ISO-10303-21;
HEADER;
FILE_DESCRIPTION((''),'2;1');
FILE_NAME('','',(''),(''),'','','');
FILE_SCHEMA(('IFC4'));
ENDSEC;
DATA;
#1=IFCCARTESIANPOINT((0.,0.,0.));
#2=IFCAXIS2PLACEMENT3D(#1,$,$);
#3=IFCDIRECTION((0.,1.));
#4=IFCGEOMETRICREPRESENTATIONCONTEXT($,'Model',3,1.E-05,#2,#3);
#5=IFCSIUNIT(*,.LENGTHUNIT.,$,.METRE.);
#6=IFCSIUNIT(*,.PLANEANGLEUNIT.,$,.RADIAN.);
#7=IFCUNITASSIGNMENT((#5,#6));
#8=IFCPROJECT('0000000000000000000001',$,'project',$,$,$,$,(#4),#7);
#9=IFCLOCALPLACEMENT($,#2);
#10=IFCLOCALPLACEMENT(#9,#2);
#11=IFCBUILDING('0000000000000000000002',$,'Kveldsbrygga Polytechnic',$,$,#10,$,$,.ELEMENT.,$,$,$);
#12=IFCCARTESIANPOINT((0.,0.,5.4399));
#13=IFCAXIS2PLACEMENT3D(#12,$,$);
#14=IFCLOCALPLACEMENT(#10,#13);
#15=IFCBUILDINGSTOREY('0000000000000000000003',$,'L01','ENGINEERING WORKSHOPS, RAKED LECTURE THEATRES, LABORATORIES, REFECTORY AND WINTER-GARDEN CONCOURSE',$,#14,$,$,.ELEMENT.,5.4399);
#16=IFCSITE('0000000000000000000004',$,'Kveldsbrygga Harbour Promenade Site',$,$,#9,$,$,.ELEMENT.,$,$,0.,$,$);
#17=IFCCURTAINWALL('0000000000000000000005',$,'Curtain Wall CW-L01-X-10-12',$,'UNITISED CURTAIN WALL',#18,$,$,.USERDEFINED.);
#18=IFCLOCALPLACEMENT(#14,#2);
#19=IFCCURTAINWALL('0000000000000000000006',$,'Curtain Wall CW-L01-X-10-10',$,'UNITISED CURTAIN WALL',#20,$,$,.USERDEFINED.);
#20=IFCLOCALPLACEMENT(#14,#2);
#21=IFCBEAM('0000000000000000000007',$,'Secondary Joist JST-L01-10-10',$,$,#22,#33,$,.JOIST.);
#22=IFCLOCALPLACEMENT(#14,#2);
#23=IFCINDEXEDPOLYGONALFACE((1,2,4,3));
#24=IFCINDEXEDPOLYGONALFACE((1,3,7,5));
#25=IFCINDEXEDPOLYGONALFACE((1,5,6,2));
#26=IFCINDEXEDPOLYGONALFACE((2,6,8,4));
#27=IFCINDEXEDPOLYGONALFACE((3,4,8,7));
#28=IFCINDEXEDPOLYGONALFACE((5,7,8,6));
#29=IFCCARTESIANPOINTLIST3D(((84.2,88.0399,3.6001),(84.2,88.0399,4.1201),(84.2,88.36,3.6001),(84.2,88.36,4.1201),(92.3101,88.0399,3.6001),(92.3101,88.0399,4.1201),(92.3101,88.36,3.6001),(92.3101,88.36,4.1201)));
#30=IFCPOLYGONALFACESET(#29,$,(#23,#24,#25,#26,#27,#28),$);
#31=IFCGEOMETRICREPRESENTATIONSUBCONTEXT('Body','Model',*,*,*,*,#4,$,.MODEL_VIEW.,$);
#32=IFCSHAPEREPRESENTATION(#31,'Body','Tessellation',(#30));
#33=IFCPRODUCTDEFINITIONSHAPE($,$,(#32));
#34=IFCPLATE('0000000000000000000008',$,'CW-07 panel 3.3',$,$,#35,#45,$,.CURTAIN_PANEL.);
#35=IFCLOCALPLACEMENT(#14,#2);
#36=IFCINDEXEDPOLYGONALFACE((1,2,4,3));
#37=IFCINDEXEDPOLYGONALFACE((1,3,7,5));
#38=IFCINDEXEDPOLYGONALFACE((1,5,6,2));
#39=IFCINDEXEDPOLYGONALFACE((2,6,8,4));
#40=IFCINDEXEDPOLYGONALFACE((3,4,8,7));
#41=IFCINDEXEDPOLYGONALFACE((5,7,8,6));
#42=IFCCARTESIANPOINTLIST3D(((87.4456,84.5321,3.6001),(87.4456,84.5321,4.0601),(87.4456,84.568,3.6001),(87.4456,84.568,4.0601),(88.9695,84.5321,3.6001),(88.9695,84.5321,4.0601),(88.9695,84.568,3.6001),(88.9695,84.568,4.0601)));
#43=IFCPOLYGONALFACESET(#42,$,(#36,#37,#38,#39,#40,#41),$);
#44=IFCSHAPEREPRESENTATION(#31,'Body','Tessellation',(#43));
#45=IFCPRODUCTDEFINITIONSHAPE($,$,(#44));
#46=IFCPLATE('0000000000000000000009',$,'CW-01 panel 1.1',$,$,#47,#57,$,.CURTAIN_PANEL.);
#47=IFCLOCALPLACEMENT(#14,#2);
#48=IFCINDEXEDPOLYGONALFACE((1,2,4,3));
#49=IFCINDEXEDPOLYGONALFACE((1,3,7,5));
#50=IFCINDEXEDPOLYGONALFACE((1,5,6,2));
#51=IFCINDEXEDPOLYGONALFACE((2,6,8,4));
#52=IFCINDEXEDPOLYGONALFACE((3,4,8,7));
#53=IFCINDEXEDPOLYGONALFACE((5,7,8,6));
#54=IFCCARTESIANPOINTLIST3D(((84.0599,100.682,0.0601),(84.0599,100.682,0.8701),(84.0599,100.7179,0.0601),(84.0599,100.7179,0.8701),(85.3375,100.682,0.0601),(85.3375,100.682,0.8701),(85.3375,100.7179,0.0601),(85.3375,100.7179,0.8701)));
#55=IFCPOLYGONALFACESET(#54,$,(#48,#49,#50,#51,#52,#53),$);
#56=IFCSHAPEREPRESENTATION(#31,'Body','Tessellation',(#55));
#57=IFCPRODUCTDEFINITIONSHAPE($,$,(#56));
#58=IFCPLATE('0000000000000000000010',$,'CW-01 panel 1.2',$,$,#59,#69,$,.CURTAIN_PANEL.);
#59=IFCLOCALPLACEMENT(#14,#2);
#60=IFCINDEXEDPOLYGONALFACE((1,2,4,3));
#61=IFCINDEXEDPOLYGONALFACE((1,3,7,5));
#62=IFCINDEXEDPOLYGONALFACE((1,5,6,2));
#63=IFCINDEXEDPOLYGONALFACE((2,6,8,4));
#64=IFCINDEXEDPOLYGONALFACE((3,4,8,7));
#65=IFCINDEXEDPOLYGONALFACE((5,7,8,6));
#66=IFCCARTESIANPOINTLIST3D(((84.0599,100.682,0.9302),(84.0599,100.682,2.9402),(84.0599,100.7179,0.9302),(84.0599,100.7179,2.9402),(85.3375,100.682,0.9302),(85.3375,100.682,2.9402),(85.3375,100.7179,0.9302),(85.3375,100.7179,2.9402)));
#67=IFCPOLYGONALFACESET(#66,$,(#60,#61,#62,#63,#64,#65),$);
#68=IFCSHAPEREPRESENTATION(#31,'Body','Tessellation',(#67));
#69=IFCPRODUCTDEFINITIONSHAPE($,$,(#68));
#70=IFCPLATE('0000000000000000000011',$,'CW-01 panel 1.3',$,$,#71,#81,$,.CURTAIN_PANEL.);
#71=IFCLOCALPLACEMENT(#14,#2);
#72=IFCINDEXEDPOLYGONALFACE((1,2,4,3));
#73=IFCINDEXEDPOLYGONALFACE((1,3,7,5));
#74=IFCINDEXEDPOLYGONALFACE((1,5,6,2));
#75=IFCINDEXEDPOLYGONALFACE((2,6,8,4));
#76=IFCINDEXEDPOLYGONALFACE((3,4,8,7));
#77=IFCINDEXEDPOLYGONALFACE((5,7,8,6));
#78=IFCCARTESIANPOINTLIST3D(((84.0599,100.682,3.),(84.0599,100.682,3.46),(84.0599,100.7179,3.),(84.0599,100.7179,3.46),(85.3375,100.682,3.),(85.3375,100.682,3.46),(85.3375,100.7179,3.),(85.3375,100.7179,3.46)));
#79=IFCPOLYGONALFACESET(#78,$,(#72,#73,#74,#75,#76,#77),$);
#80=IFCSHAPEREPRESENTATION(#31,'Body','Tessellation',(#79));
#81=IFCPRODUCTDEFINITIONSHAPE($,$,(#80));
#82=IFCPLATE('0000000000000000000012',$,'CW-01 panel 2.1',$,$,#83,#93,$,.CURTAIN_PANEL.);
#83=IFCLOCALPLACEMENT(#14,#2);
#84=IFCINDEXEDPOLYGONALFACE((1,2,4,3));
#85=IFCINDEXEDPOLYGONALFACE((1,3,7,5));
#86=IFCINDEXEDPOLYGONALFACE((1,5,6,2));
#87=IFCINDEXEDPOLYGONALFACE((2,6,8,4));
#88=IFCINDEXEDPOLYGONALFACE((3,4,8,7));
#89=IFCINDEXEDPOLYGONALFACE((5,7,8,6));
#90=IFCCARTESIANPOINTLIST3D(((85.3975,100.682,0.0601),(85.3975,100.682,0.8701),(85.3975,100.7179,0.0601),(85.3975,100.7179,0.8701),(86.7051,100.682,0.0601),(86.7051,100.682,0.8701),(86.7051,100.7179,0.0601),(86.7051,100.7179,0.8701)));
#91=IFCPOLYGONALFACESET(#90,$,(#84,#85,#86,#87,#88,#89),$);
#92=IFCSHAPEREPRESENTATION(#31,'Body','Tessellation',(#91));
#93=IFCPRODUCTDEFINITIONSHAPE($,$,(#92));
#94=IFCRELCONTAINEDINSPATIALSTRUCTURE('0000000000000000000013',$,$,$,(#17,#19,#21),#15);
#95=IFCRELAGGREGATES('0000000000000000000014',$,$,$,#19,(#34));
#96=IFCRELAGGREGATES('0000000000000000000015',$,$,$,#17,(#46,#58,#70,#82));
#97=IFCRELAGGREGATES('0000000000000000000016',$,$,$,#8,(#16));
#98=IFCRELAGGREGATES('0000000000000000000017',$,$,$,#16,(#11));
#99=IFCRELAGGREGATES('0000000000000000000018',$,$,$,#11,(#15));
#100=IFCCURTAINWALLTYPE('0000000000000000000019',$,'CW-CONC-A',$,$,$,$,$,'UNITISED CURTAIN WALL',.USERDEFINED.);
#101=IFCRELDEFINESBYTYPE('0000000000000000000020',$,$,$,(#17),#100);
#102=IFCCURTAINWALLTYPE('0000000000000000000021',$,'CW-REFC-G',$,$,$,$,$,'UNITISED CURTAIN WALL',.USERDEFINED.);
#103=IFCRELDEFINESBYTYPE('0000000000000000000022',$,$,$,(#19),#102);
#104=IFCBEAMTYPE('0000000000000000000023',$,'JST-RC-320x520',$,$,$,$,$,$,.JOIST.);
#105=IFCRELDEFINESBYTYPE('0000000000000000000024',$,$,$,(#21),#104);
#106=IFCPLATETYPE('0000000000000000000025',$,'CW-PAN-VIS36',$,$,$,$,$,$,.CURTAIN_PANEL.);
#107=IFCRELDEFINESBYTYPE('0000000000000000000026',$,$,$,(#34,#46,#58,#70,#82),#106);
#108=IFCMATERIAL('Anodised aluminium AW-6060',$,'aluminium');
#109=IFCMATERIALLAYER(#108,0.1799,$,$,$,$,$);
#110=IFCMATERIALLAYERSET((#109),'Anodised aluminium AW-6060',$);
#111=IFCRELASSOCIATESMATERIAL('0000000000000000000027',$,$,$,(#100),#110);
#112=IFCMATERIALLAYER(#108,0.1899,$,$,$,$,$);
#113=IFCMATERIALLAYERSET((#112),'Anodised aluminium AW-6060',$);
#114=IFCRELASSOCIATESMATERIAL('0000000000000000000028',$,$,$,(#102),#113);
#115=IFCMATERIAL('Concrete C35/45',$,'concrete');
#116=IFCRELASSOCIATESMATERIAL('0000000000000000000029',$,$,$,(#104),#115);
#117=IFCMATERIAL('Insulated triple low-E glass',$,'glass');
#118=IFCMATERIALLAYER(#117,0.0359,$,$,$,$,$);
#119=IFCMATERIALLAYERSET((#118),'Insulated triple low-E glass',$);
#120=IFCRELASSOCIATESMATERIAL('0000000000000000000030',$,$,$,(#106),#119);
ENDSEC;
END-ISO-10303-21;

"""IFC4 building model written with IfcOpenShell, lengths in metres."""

from ifc_helpers import new_model, si_unit, direction, frame, origin, origin_2d, place, context, subcontext, project, spatial, rectangle, extrude, material, layer, layer_set, material_profile, profile_set, type_object, element, aggregate, save


model = new_model("IFC4")

# Units and contexts
model_context = context("Model", 3, precision=1e-05, world=origin(), true_north=direction((0.0, 1.0)))
body_context = subcontext(model_context, "Body", "Model", "MODEL_VIEW")
ifc_project = project(units=[si_unit("LENGTHUNIT", "METRE"), si_unit("PLANEANGLEUNIT", "RADIAN")], contexts=[model_context])

# Site, building, storey
site_placement = place(None, origin())
site = spatial("IfcSite", under=ifc_project, at=site_placement, Name="Kveldsbrygga Harbour Promenade Site", CompositionType="ELEMENT", RefElevation=0.0)
building_placement = place(site_placement, origin())
building = spatial("IfcBuilding", under=site, at=building_placement, Name="Kveldsbrygga Polytechnic", CompositionType="ELEMENT")
storey_placement = place(building_placement, frame((0.0, 0.0, 5.4399)))
storey = spatial("IfcBuildingStorey", under=building, at=storey_placement, Name="L01", Description="ENGINEERING WORKSHOPS, RAKED LECTURE THEATRES, LABORATORIES, REFECTORY AND WINTER-GARDEN CONCOURSE", CompositionType="ELEMENT", Elevation=5.4399)

# Curtain wall
ifc_material_1 = material(Name="Anodised aluminium AW-6060", Category="aluminium")
ifc_layer_1 = layer(ifc_material_1, 0.1799)
ifc_layer_set_1 = layer_set([ifc_layer_1], Name="Anodised aluminium AW-6060")
curtain_wall_type_1 = type_object("IfcCurtainWallType", Name="CW-CONC-A", ElementType="UNITISED CURTAIN WALL", PredefinedType="USERDEFINED", material=ifc_layer_set_1)
curtain_wall_1_placement = place(storey_placement, origin())
curtain_wall_1 = element("IfcCurtainWall", 1, at=curtain_wall_1_placement, inside=storey, type_object=curtain_wall_type_1, Name="Curtain Wall CW-L01-X-10-12", ObjectType="UNITISED CURTAIN WALL", PredefinedType="USERDEFINED")

# Curtain wall
ifc_layer_2 = layer(ifc_material_1, 0.1899)
ifc_layer_set_2 = layer_set([ifc_layer_2], Name="Anodised aluminium AW-6060")
curtain_wall_type_2 = type_object("IfcCurtainWallType", Name="CW-REFC-G", ElementType="UNITISED CURTAIN WALL", PredefinedType="USERDEFINED", material=ifc_layer_set_2)
curtain_wall_2_placement = place(storey_placement, origin())
curtain_wall_2 = element("IfcCurtainWall", 2, at=curtain_wall_2_placement, inside=storey, type_object=curtain_wall_type_2, Name="Curtain Wall CW-L01-X-10-10", ObjectType="UNITISED CURTAIN WALL", PredefinedType="USERDEFINED")

# Beam
ifc_material_2 = material(Name="Concrete C35/45", Category="concrete")
ifc_material_profile_1 = material_profile(ifc_material_2, rectangle(XDim=0.3201, YDim=0.52, at=origin_2d()), Name="RC 320x520")
ifc_profile_set_1 = profile_set([ifc_material_profile_1], Name="Concrete C35/45")
beam_type = type_object("IfcBeamType", Name="JST-RC-320x520", PredefinedType="JOIST", material=ifc_profile_set_1)
beam_placement = place(storey_placement, frame((84.2, 88.2, 3.8601), z_axis=(1.0, 0.0, 0.0), x_axis=(0.0, 1.0, 0.0)))
element("IfcBeam", 3, at=beam_placement, inside=storey, type_object=beam_type, Name="Secondary Joist JST-L01-10-10", PredefinedType="JOIST", context=body_context, shape_type="SweptSolid", body=[
    extrude(rectangle(XDim=0.3201, YDim=0.52, at=origin_2d()), origin(), (0.0, 0.0, 1.0), 8.1101),
])

# Plates
ifc_material_3 = material(Name="Insulated triple low-E glass", Category="glass")
ifc_layer_3 = layer(ifc_material_3, 0.0359)
ifc_layer_set_3 = layer_set([ifc_layer_3], Name="Insulated triple low-E glass")
plate_type = type_object("IfcPlateType", Name="CW-PAN-VIS36", PredefinedType="CURTAIN_PANEL", material=ifc_layer_set_3)
plate_1_placement = place(storey_placement, frame((88.2075, 84.55, 3.6001), z_axis=(0.0, 0.0, 1.0), x_axis=(1.0, 0.0, 0.0)))
plate_1 = element("IfcPlate", 4, at=plate_1_placement, type_object=plate_type, Name="CW-07 panel 3.3", PredefinedType="CURTAIN_PANEL", context=body_context, shape_type="SweptSolid", body=[
    extrude(rectangle(XDim=1.5239, YDim=0.0359, at=origin_2d()), origin(), (0.0, 0.0, 1.0), 0.46),
])
aggregate(curtain_wall_2, [plate_1])
plate_2_placement = place(storey_placement, frame((84.6987, 100.7, 0.0601), z_axis=(0.0, 0.0, 1.0), x_axis=(1.0, 0.0, 0.0)))
plate_2 = element("IfcPlate", 5, at=plate_2_placement, type_object=plate_type, Name="CW-01 panel 1.1", PredefinedType="CURTAIN_PANEL", context=body_context, shape_type="SweptSolid", body=[
    extrude(rectangle(XDim=1.2776, YDim=0.0359, at=origin_2d()), origin(), (0.0, 0.0, 1.0), 0.8101),
])
plate_3_placement = place(storey_placement, frame((84.6987, 100.7, 0.9302), z_axis=(0.0, 0.0, 1.0), x_axis=(1.0, 0.0, 0.0)))
plate_3 = element("IfcPlate", 6, at=plate_3_placement, type_object=plate_type, Name="CW-01 panel 1.2", PredefinedType="CURTAIN_PANEL", context=body_context, shape_type="SweptSolid", body=[
    extrude(rectangle(XDim=1.2776, YDim=0.0359, at=origin_2d()), origin(), (0.0, 0.0, 1.0), 2.01),
])
plate_4_placement = place(storey_placement, frame((84.6987, 100.7, 3.0), z_axis=(0.0, 0.0, 1.0), x_axis=(1.0, 0.0, 0.0)))
plate_4 = element("IfcPlate", 7, at=plate_4_placement, type_object=plate_type, Name="CW-01 panel 1.3", PredefinedType="CURTAIN_PANEL", context=body_context, shape_type="SweptSolid", body=[
    extrude(rectangle(XDim=1.2776, YDim=0.0359, at=origin_2d()), origin(), (0.0, 0.0, 1.0), 0.46),
])
plate_5_placement = place(storey_placement, frame((86.0513, 100.7, 0.0601), z_axis=(0.0, 0.0, 1.0), x_axis=(1.0, 0.0, 0.0)))
plate_5 = element("IfcPlate", 8, at=plate_5_placement, type_object=plate_type, Name="CW-01 panel 2.1", PredefinedType="CURTAIN_PANEL", context=body_context, shape_type="SweptSolid", body=[
    extrude(rectangle(XDim=1.3076, YDim=0.0359, at=origin_2d()), origin(), (0.0, 0.0, 1.0), 0.8101),
])
aggregate(curtain_wall_1, [plate_2, plate_3, plate_4, plate_5])

save(model, "model.ifc")
